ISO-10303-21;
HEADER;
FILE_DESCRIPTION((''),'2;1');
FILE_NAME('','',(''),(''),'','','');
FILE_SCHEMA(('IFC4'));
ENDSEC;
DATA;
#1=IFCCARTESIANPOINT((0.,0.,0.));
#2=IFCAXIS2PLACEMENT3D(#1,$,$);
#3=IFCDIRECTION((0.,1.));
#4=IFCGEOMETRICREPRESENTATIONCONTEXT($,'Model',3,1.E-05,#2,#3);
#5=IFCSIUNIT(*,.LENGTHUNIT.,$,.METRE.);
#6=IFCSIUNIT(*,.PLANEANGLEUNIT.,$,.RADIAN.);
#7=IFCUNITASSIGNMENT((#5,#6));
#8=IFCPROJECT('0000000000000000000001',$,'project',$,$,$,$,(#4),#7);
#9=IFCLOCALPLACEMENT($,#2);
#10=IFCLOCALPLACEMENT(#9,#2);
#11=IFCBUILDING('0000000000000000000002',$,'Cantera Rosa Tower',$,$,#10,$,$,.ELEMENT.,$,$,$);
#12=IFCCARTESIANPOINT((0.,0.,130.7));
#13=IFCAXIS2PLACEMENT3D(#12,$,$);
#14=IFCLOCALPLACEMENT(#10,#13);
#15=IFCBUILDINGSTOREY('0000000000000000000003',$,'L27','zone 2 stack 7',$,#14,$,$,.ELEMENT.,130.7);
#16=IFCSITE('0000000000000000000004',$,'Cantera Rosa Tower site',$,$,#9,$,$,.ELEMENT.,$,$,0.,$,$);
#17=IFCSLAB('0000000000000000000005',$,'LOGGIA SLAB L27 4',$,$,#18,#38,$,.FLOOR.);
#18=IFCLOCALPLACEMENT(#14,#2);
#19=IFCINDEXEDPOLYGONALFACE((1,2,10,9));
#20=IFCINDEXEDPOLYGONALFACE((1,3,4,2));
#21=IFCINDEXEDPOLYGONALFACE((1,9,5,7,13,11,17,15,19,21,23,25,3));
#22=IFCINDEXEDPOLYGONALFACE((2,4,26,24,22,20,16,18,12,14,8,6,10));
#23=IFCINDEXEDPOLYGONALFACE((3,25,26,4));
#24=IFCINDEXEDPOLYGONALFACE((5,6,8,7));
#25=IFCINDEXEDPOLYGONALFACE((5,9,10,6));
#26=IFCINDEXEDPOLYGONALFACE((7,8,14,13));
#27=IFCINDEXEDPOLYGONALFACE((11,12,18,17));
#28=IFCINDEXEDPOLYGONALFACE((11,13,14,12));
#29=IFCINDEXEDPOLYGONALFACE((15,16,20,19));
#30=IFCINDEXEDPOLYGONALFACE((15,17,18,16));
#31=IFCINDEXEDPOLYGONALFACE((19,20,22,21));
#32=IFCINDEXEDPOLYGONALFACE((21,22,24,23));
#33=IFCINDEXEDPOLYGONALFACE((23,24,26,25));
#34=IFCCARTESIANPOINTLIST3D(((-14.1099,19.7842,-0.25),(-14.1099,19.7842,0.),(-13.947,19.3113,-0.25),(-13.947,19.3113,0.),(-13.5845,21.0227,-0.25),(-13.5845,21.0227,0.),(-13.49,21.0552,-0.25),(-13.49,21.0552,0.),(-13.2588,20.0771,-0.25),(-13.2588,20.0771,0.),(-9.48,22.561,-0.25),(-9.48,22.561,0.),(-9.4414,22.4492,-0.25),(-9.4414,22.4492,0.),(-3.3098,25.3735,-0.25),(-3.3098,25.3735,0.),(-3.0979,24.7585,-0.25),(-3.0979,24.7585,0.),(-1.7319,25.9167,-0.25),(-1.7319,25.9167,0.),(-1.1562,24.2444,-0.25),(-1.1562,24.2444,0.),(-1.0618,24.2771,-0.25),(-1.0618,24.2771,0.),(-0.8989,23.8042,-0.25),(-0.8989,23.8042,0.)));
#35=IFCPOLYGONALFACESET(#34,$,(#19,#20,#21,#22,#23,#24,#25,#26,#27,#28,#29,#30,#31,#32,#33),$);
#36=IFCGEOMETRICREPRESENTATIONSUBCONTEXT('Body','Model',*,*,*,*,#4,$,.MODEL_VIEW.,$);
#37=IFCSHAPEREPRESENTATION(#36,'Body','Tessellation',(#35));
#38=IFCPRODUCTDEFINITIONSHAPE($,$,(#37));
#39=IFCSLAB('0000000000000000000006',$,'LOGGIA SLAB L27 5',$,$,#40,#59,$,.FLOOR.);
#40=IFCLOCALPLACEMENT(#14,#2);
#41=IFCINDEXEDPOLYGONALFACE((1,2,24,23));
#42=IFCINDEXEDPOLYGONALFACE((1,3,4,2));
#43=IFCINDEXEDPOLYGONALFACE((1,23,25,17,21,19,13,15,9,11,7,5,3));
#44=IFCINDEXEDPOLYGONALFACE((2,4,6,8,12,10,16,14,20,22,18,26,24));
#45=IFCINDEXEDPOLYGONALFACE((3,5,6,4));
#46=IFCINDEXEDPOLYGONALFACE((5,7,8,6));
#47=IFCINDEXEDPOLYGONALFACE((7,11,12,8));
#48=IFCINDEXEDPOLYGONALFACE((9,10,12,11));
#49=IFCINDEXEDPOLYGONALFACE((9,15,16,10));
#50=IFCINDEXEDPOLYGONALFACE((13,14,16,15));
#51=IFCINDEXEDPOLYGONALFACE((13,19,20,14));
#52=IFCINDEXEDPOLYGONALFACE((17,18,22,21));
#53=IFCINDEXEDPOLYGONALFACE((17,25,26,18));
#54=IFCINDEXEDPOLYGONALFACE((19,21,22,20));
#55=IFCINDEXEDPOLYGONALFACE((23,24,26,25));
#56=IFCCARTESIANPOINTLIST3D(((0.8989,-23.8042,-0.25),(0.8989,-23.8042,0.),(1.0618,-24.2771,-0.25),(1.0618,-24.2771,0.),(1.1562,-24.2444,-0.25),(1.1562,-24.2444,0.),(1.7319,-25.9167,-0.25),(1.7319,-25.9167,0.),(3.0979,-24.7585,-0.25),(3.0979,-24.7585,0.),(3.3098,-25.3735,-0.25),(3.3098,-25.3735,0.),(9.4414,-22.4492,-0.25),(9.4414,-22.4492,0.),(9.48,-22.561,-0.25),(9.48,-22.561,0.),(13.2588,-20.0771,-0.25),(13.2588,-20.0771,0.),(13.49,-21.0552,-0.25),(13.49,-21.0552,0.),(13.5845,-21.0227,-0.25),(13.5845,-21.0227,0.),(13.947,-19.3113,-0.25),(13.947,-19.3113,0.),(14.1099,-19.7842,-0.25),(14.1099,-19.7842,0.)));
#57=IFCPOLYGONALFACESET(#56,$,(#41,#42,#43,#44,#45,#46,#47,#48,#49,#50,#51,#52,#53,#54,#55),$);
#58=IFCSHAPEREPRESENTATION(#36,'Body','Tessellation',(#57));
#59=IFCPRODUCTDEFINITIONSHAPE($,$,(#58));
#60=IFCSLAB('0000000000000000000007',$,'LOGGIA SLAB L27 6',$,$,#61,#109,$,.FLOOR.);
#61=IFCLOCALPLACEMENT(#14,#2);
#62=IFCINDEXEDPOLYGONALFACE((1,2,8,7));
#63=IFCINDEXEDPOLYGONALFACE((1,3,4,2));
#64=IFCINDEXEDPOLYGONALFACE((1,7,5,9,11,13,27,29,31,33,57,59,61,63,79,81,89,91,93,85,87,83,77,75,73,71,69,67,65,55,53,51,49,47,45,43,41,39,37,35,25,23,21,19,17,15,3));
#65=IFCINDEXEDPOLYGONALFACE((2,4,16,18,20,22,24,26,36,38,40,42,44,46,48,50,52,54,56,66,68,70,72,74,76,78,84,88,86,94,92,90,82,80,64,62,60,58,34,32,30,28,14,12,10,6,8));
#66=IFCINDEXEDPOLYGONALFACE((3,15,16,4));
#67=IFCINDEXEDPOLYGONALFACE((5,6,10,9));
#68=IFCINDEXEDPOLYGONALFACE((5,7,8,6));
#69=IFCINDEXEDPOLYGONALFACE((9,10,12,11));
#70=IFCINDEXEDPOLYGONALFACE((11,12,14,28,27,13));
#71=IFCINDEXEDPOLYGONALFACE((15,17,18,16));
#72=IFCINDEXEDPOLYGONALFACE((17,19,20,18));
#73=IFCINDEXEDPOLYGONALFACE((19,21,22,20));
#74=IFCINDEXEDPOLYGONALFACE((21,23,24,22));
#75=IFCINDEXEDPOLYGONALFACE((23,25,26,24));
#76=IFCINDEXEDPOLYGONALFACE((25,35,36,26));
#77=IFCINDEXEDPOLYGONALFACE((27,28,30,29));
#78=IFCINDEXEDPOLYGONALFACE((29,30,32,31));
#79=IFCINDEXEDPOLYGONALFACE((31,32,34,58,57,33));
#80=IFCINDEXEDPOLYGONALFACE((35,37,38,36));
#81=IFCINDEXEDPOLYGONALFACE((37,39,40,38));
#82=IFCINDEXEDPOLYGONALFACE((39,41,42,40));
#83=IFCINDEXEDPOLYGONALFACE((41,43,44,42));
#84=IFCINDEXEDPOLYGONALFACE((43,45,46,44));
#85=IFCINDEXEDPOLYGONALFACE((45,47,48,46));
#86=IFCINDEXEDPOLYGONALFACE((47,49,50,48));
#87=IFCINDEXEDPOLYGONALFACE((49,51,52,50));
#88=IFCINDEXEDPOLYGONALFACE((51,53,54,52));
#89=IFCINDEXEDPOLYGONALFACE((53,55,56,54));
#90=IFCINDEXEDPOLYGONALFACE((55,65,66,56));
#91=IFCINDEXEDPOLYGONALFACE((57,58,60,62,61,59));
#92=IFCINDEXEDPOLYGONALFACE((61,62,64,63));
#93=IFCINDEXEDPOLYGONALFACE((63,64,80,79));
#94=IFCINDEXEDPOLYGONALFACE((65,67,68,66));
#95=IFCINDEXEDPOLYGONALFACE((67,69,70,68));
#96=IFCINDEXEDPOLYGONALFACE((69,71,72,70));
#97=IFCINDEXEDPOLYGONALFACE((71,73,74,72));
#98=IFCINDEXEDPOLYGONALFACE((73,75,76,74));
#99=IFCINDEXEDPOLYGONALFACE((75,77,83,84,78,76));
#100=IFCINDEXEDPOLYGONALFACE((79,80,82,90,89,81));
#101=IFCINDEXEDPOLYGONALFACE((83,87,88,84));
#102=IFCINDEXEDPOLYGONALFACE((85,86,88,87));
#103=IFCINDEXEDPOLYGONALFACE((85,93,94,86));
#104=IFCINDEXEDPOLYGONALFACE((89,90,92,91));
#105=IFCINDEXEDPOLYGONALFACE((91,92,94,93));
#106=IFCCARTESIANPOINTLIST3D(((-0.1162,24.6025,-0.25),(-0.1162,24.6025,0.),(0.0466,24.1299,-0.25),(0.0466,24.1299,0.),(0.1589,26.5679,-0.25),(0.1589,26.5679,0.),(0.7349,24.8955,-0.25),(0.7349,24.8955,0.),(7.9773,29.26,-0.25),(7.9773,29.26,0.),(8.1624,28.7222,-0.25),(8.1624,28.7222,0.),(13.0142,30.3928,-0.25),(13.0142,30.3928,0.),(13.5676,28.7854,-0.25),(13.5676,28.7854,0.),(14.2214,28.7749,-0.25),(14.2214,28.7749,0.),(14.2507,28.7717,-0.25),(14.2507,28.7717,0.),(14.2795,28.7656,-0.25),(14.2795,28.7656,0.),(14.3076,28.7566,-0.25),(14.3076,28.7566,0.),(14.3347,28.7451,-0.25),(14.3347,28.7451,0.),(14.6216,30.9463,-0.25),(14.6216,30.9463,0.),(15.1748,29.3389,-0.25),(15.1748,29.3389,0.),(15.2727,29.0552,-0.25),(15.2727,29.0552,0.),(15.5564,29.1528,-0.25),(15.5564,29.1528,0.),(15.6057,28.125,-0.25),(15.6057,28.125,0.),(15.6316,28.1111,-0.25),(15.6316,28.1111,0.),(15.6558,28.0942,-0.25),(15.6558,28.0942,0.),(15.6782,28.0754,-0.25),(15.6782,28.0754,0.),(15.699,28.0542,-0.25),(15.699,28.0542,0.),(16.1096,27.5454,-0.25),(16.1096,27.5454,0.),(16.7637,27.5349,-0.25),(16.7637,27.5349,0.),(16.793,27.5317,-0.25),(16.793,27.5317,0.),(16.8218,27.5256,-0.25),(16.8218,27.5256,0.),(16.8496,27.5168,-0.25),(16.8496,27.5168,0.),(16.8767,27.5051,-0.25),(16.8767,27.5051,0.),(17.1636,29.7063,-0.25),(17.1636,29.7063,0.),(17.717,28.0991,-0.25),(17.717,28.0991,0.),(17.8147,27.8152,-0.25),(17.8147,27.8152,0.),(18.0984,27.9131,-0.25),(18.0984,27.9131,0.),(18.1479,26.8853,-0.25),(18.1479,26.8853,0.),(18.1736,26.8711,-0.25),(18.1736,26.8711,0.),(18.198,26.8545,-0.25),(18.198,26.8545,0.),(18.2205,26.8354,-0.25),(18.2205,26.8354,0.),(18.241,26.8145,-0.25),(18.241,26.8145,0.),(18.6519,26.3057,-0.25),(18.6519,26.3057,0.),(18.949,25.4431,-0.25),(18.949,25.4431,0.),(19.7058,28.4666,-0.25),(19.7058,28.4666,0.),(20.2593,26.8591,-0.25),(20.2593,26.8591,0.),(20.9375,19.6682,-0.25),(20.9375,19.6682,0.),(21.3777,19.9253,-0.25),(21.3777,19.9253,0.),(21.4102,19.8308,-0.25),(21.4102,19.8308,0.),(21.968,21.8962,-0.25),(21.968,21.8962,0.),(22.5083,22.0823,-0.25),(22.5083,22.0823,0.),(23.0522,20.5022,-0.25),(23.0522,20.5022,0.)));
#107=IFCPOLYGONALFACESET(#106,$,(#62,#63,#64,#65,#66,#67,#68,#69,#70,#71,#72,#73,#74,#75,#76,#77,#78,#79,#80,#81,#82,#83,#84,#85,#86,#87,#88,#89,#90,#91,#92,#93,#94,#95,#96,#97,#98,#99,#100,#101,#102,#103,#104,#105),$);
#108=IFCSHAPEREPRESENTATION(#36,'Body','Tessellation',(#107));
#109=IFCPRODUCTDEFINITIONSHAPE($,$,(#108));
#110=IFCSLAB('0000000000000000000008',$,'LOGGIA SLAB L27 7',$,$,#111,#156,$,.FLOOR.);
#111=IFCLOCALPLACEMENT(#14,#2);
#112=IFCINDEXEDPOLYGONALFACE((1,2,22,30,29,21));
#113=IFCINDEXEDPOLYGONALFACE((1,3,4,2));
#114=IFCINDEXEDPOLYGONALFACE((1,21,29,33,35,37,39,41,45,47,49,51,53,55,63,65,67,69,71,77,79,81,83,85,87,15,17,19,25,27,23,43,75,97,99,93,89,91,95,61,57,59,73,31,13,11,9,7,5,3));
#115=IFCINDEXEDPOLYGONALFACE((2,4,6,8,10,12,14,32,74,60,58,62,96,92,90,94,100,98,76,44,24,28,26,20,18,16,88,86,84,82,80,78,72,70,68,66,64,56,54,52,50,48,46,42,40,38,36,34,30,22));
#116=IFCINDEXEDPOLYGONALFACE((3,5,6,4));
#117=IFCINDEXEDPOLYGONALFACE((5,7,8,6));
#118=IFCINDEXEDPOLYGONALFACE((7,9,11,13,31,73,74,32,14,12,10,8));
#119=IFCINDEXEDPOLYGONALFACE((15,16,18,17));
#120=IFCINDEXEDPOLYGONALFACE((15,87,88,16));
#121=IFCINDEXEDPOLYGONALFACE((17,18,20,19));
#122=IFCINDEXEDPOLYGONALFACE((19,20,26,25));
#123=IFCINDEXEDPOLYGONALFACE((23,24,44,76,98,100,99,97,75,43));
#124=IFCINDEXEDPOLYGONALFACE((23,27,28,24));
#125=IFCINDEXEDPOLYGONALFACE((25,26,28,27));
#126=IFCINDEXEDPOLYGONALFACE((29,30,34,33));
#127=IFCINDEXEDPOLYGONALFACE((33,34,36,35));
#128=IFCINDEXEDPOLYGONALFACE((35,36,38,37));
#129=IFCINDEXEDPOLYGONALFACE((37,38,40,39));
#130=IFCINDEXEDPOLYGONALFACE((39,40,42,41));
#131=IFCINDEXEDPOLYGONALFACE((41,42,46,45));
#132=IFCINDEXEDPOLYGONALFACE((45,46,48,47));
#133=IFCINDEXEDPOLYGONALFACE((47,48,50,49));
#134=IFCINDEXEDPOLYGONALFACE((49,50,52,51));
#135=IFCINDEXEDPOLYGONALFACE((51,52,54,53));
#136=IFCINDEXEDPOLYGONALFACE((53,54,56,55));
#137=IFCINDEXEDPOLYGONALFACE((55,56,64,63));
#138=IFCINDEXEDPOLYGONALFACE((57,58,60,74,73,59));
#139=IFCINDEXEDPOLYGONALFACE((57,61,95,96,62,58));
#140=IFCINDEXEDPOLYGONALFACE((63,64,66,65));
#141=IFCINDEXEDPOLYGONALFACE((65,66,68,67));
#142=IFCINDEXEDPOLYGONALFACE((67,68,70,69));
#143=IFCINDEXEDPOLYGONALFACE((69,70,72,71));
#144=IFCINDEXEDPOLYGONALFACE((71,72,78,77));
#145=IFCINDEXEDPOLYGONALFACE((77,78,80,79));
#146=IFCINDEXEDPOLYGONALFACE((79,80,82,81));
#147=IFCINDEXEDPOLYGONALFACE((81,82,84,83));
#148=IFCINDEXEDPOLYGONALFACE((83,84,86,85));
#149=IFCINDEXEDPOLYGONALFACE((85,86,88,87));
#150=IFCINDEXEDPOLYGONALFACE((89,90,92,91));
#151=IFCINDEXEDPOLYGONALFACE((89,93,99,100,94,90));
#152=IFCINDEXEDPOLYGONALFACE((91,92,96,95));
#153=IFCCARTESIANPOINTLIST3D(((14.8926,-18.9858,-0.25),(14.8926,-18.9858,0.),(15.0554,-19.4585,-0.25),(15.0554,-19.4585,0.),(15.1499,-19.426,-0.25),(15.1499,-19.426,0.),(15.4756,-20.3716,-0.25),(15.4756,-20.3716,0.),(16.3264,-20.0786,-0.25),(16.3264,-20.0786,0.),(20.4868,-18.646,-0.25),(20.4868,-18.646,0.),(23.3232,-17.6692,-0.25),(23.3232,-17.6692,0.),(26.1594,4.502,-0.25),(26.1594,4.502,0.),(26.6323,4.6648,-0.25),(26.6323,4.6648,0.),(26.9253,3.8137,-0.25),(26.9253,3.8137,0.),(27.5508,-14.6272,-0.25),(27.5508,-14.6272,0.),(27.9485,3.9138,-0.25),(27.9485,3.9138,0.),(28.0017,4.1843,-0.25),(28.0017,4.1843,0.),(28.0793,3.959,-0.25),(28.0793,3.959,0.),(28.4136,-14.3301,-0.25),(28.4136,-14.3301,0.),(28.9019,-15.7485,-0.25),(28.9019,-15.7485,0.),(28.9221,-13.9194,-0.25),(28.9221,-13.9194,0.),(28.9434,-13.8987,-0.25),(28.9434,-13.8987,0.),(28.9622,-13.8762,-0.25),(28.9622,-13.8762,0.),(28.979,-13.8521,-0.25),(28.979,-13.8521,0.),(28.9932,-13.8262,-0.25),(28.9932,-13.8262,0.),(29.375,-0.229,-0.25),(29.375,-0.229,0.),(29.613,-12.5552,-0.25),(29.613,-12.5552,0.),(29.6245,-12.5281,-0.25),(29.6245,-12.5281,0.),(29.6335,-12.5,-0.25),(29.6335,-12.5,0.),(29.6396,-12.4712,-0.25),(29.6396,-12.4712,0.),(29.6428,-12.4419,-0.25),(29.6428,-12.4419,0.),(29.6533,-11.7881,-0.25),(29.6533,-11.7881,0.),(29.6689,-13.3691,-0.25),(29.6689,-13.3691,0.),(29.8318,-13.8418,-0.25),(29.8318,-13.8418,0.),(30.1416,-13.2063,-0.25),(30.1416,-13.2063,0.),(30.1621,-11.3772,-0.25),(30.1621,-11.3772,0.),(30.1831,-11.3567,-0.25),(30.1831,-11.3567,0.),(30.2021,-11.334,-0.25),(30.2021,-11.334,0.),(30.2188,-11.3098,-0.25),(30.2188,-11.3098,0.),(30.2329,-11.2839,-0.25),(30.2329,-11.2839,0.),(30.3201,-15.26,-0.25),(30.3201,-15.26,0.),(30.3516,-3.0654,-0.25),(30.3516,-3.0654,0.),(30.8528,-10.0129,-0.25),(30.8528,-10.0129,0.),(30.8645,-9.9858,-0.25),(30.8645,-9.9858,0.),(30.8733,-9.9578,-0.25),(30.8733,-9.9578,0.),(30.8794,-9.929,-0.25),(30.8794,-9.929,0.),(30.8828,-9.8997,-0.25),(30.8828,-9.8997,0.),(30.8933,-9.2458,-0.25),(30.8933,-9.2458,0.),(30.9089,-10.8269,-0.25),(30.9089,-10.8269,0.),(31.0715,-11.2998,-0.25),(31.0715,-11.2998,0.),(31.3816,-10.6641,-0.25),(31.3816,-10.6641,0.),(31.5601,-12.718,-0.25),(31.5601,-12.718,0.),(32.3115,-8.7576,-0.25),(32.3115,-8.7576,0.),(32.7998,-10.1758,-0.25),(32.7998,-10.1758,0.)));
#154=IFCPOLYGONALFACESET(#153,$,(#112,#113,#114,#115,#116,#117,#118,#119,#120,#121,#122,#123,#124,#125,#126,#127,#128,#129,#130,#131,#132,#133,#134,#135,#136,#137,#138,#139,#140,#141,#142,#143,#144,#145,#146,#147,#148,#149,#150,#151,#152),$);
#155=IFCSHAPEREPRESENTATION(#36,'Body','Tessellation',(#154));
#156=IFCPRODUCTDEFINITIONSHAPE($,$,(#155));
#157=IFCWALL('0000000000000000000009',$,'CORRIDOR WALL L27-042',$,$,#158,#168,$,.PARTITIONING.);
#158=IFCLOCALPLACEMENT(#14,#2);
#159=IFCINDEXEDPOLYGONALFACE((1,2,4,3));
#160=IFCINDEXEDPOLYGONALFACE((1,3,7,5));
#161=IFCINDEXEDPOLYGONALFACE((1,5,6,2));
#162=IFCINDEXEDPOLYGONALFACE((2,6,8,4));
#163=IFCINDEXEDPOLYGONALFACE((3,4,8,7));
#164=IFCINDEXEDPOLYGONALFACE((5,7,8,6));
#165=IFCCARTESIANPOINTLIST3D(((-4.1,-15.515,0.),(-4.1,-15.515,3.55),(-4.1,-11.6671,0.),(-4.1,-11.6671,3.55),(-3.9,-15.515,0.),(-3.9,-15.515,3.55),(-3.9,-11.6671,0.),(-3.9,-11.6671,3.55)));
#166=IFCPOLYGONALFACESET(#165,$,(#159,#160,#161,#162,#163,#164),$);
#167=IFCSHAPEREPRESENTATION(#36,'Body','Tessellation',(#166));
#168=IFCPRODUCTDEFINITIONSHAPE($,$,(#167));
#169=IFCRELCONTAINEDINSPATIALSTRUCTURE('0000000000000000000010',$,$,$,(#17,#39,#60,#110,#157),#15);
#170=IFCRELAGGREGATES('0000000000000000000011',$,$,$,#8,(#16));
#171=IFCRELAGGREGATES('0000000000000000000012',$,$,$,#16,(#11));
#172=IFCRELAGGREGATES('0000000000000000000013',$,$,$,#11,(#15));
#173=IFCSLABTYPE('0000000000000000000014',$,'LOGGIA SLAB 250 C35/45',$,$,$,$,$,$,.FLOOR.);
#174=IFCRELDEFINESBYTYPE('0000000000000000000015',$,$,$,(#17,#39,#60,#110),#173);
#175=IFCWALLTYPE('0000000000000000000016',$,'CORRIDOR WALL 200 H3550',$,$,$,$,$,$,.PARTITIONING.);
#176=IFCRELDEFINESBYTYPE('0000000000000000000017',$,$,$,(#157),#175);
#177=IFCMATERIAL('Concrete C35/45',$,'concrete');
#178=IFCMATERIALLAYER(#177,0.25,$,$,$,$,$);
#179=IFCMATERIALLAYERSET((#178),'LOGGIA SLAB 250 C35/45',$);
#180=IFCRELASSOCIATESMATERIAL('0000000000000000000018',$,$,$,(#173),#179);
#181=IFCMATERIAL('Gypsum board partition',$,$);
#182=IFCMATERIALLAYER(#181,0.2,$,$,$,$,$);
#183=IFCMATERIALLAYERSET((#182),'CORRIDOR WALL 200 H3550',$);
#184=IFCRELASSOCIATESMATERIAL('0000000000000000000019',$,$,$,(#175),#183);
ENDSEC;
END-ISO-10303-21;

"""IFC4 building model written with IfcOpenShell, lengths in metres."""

from ifc_helpers import new_model, si_unit, direction, frame, frame_2d, origin, place, context, subcontext, project, spatial, polyline, rectangle, outline, extrude, material, layer, layer_set, type_object, element, save


model = new_model("IFC4")

# Units and contexts
model_context = context("Model", 3, precision=1e-05, world=origin(), true_north=direction((0.0, 1.0)))
body_context = subcontext(model_context, "Body", "Model", "MODEL_VIEW")
ifc_project = project(units=[si_unit("LENGTHUNIT", "METRE"), si_unit("PLANEANGLEUNIT", "RADIAN")], contexts=[model_context])

# Site, building, storey
site_placement = place(None, origin())
site = spatial("IfcSite", under=ifc_project, at=site_placement, Name="Cantera Rosa Tower site", CompositionType="ELEMENT", RefElevation=0.0)
building_placement = place(site_placement, origin())
building = spatial("IfcBuilding", under=site, at=building_placement, Name="Cantera Rosa Tower", CompositionType="ELEMENT")
storey_placement = place(building_placement, frame((0.0, 0.0, 130.7)))
storey = spatial("IfcBuildingStorey", under=building, at=storey_placement, Name="L27", Description="zone 2 stack 7", CompositionType="ELEMENT", Elevation=130.7)

# Slabs
ifc_material_1 = material(Name="Concrete C35/45", Category="concrete")
ifc_layer_1 = layer(ifc_material_1, 0.25)
ifc_layer_set_1 = layer_set([ifc_layer_1], Name="LOGGIA SLAB 250 C35/45")
slab_type_1 = type_object("IfcSlabType", Name="LOGGIA SLAB 250 C35/45", PredefinedType="FLOOR", material=ifc_layer_set_1)
slab_1_placement = place(storey_placement, frame((0.0, 0.0, -0.25)))
element("IfcSlab", 1, at=slab_1_placement, inside=storey, type_object=slab_type_1, Name="LOGGIA SLAB L27 4", PredefinedType="FLOOR", context=body_context, shape_type="SweptSolid", body=[
    extrude(outline(polyline([(-9.48, 22.561), (-3.0979, 24.7585), (-3.3098, 25.3735), (-1.7319, 25.9167), (-1.1562, 24.2444), (-1.0618, 24.2771), (-0.8989, 23.8042), (-13.947, 19.3113), (-14.1099, 19.7842), (-13.2588, 20.0771), (-13.5845, 21.0227), (-13.49, 21.0552), (-9.4414, 22.4492), (-9.48, 22.561)])), origin(), (0.0, 0.0, 1.0), 0.25),
])
slab_2_placement = place(storey_placement, frame((0.0, 0.0, -0.25)))
element("IfcSlab", 2, at=slab_2_placement, inside=storey, type_object=slab_type_1, Name="LOGGIA SLAB L27 5", PredefinedType="FLOOR", context=body_context, shape_type="SweptSolid", body=[
    extrude(outline(polyline([(1.0618, -24.2771), (0.8989, -23.8042), (13.947, -19.3113), (14.1099, -19.7842), (13.2588, -20.0771), (13.5845, -21.0227), (13.49, -21.0552), (9.4414, -22.4492), (9.48, -22.561), (3.0979, -24.7585), (3.3098, -25.3735), (1.7319, -25.9167), (1.1562, -24.2444), (1.0618, -24.2771)])), origin(), (0.0, 0.0, 1.0), 0.25),
])
slab_3_placement = place(storey_placement, frame((0.0, 0.0, -0.25)))
element("IfcSlab", 3, at=slab_3_placement, inside=storey, type_object=slab_type_1, Name="LOGGIA SLAB L27 6", PredefinedType="FLOOR", context=body_context, shape_type="SweptSolid", body=[
    extrude(outline(polyline([(13.0142, 30.3928), (14.6216, 30.9463), (15.1748, 29.3389), (15.2727, 29.0552), (15.5564, 29.1528), (17.1636, 29.7063), (17.717, 28.0991), (17.8147, 27.8152), (18.0984, 27.9131), (19.7058, 28.4666), (20.2593, 26.8591), (21.968, 21.8962), (22.5083, 22.0823), (23.0522, 20.5022), (21.3777, 19.9253), (21.4102, 19.8308), (20.9375, 19.6682), (18.949, 25.4431), (18.6519, 26.3057), (18.241, 26.8145), (18.2205, 26.8354), (18.198, 26.8545), (18.1736, 26.8711), (18.1479, 26.8853), (16.8767, 27.5051), (16.8496, 27.5168), (16.8218, 27.5256), (16.793, 27.5317), (16.7637, 27.5349), (16.1096, 27.5454), (15.699, 28.0542), (15.6782, 28.0754), (15.6558, 28.0942), (15.6316, 28.1111), (15.6057, 28.125), (14.3347, 28.7451), (14.3076, 28.7566), (14.2795, 28.7656), (14.2507, 28.7717), (14.2214, 28.7749), (13.5676, 28.7854), (0.0466, 24.1299), (-0.1162, 24.6025), (0.7349, 24.8955), (0.1589, 26.5679), (7.9773, 29.26), (8.1624, 28.7222), (13.0142, 30.3928)])), origin(), (0.0, 0.0, 1.0), 0.25),
])
slab_4_placement = place(storey_placement, frame((0.0, 0.0, -0.25)))
element("IfcSlab", 4, at=slab_4_placement, inside=storey, type_object=slab_type_1, Name="LOGGIA SLAB L27 7", PredefinedType="FLOOR", context=body_context, shape_type="SweptSolid", body=[
    extrude(outline(polyline([(29.375, -0.229), (30.3516, -3.0654), (32.3115, -8.7576), (32.7998, -10.1758), (31.3816, -10.6641), (30.9089, -10.8269), (31.0715, -11.2998), (31.5601, -12.718), (30.1416, -13.2063), (29.6689, -13.3691), (29.8318, -13.8418), (30.3201, -15.26), (28.9019, -15.7485), (23.3232, -17.6692), (20.4868, -18.646), (16.3264, -20.0786), (15.4756, -20.3716), (15.1499, -19.426), (15.0554, -19.4585), (14.8926, -18.9858), (27.5508, -14.6272), (28.4136, -14.3301), (28.9221, -13.9194), (28.9434, -13.8987), (28.9622, -13.8762), (28.979, -13.8521), (28.9932, -13.8262), (29.613, -12.5552), (29.6245, -12.5281), (29.6335, -12.5), (29.6396, -12.4712), (29.6428, -12.4419), (29.6533, -11.7881), (30.1621, -11.3772), (30.1831, -11.3567), (30.2021, -11.334), (30.2188, -11.3098), (30.2329, -11.2839), (30.8528, -10.0129), (30.8645, -9.9858), (30.8733, -9.9578), (30.8794, -9.929), (30.8828, -9.8997), (30.8933, -9.2458), (26.1594, 4.502), (26.6323, 4.6648), (26.9253, 3.8137), (28.0017, 4.1843), (28.0793, 3.959), (27.9485, 3.9138), (29.375, -0.229)])), origin(), (0.0, 0.0, 1.0), 0.25),
])

# Wall
ifc_material_2 = material(Name="Gypsum board partition")
ifc_layer_2 = layer(ifc_material_2, 0.2)
ifc_layer_set_2 = layer_set([ifc_layer_2], Name="CORRIDOR WALL 200 H3550")
wall_type_1 = type_object("IfcWallType", Name="CORRIDOR WALL 200 H3550", PredefinedType="PARTITIONING", material=ifc_layer_set_2)
wall_1_placement = place(storey_placement, frame((-4.0, -11.6672, 0.0), z_axis=(0.0, 0.0, 1.0), x_axis=(0.0, -1.0, 0.0)))
element("IfcWall", 5, at=wall_1_placement, inside=storey, type_object=wall_type_1, Name="CORRIDOR WALL L27-042", PredefinedType="PARTITIONING", context=body_context, shape_type="SweptSolid", body=[
    extrude(rectangle(XDim=3.8479, YDim=0.2, at=frame_2d((1.9238, 0.0))), origin(), (0.0, 0.0, 1.0), 3.55),
])

save(model, "model.ifc")
